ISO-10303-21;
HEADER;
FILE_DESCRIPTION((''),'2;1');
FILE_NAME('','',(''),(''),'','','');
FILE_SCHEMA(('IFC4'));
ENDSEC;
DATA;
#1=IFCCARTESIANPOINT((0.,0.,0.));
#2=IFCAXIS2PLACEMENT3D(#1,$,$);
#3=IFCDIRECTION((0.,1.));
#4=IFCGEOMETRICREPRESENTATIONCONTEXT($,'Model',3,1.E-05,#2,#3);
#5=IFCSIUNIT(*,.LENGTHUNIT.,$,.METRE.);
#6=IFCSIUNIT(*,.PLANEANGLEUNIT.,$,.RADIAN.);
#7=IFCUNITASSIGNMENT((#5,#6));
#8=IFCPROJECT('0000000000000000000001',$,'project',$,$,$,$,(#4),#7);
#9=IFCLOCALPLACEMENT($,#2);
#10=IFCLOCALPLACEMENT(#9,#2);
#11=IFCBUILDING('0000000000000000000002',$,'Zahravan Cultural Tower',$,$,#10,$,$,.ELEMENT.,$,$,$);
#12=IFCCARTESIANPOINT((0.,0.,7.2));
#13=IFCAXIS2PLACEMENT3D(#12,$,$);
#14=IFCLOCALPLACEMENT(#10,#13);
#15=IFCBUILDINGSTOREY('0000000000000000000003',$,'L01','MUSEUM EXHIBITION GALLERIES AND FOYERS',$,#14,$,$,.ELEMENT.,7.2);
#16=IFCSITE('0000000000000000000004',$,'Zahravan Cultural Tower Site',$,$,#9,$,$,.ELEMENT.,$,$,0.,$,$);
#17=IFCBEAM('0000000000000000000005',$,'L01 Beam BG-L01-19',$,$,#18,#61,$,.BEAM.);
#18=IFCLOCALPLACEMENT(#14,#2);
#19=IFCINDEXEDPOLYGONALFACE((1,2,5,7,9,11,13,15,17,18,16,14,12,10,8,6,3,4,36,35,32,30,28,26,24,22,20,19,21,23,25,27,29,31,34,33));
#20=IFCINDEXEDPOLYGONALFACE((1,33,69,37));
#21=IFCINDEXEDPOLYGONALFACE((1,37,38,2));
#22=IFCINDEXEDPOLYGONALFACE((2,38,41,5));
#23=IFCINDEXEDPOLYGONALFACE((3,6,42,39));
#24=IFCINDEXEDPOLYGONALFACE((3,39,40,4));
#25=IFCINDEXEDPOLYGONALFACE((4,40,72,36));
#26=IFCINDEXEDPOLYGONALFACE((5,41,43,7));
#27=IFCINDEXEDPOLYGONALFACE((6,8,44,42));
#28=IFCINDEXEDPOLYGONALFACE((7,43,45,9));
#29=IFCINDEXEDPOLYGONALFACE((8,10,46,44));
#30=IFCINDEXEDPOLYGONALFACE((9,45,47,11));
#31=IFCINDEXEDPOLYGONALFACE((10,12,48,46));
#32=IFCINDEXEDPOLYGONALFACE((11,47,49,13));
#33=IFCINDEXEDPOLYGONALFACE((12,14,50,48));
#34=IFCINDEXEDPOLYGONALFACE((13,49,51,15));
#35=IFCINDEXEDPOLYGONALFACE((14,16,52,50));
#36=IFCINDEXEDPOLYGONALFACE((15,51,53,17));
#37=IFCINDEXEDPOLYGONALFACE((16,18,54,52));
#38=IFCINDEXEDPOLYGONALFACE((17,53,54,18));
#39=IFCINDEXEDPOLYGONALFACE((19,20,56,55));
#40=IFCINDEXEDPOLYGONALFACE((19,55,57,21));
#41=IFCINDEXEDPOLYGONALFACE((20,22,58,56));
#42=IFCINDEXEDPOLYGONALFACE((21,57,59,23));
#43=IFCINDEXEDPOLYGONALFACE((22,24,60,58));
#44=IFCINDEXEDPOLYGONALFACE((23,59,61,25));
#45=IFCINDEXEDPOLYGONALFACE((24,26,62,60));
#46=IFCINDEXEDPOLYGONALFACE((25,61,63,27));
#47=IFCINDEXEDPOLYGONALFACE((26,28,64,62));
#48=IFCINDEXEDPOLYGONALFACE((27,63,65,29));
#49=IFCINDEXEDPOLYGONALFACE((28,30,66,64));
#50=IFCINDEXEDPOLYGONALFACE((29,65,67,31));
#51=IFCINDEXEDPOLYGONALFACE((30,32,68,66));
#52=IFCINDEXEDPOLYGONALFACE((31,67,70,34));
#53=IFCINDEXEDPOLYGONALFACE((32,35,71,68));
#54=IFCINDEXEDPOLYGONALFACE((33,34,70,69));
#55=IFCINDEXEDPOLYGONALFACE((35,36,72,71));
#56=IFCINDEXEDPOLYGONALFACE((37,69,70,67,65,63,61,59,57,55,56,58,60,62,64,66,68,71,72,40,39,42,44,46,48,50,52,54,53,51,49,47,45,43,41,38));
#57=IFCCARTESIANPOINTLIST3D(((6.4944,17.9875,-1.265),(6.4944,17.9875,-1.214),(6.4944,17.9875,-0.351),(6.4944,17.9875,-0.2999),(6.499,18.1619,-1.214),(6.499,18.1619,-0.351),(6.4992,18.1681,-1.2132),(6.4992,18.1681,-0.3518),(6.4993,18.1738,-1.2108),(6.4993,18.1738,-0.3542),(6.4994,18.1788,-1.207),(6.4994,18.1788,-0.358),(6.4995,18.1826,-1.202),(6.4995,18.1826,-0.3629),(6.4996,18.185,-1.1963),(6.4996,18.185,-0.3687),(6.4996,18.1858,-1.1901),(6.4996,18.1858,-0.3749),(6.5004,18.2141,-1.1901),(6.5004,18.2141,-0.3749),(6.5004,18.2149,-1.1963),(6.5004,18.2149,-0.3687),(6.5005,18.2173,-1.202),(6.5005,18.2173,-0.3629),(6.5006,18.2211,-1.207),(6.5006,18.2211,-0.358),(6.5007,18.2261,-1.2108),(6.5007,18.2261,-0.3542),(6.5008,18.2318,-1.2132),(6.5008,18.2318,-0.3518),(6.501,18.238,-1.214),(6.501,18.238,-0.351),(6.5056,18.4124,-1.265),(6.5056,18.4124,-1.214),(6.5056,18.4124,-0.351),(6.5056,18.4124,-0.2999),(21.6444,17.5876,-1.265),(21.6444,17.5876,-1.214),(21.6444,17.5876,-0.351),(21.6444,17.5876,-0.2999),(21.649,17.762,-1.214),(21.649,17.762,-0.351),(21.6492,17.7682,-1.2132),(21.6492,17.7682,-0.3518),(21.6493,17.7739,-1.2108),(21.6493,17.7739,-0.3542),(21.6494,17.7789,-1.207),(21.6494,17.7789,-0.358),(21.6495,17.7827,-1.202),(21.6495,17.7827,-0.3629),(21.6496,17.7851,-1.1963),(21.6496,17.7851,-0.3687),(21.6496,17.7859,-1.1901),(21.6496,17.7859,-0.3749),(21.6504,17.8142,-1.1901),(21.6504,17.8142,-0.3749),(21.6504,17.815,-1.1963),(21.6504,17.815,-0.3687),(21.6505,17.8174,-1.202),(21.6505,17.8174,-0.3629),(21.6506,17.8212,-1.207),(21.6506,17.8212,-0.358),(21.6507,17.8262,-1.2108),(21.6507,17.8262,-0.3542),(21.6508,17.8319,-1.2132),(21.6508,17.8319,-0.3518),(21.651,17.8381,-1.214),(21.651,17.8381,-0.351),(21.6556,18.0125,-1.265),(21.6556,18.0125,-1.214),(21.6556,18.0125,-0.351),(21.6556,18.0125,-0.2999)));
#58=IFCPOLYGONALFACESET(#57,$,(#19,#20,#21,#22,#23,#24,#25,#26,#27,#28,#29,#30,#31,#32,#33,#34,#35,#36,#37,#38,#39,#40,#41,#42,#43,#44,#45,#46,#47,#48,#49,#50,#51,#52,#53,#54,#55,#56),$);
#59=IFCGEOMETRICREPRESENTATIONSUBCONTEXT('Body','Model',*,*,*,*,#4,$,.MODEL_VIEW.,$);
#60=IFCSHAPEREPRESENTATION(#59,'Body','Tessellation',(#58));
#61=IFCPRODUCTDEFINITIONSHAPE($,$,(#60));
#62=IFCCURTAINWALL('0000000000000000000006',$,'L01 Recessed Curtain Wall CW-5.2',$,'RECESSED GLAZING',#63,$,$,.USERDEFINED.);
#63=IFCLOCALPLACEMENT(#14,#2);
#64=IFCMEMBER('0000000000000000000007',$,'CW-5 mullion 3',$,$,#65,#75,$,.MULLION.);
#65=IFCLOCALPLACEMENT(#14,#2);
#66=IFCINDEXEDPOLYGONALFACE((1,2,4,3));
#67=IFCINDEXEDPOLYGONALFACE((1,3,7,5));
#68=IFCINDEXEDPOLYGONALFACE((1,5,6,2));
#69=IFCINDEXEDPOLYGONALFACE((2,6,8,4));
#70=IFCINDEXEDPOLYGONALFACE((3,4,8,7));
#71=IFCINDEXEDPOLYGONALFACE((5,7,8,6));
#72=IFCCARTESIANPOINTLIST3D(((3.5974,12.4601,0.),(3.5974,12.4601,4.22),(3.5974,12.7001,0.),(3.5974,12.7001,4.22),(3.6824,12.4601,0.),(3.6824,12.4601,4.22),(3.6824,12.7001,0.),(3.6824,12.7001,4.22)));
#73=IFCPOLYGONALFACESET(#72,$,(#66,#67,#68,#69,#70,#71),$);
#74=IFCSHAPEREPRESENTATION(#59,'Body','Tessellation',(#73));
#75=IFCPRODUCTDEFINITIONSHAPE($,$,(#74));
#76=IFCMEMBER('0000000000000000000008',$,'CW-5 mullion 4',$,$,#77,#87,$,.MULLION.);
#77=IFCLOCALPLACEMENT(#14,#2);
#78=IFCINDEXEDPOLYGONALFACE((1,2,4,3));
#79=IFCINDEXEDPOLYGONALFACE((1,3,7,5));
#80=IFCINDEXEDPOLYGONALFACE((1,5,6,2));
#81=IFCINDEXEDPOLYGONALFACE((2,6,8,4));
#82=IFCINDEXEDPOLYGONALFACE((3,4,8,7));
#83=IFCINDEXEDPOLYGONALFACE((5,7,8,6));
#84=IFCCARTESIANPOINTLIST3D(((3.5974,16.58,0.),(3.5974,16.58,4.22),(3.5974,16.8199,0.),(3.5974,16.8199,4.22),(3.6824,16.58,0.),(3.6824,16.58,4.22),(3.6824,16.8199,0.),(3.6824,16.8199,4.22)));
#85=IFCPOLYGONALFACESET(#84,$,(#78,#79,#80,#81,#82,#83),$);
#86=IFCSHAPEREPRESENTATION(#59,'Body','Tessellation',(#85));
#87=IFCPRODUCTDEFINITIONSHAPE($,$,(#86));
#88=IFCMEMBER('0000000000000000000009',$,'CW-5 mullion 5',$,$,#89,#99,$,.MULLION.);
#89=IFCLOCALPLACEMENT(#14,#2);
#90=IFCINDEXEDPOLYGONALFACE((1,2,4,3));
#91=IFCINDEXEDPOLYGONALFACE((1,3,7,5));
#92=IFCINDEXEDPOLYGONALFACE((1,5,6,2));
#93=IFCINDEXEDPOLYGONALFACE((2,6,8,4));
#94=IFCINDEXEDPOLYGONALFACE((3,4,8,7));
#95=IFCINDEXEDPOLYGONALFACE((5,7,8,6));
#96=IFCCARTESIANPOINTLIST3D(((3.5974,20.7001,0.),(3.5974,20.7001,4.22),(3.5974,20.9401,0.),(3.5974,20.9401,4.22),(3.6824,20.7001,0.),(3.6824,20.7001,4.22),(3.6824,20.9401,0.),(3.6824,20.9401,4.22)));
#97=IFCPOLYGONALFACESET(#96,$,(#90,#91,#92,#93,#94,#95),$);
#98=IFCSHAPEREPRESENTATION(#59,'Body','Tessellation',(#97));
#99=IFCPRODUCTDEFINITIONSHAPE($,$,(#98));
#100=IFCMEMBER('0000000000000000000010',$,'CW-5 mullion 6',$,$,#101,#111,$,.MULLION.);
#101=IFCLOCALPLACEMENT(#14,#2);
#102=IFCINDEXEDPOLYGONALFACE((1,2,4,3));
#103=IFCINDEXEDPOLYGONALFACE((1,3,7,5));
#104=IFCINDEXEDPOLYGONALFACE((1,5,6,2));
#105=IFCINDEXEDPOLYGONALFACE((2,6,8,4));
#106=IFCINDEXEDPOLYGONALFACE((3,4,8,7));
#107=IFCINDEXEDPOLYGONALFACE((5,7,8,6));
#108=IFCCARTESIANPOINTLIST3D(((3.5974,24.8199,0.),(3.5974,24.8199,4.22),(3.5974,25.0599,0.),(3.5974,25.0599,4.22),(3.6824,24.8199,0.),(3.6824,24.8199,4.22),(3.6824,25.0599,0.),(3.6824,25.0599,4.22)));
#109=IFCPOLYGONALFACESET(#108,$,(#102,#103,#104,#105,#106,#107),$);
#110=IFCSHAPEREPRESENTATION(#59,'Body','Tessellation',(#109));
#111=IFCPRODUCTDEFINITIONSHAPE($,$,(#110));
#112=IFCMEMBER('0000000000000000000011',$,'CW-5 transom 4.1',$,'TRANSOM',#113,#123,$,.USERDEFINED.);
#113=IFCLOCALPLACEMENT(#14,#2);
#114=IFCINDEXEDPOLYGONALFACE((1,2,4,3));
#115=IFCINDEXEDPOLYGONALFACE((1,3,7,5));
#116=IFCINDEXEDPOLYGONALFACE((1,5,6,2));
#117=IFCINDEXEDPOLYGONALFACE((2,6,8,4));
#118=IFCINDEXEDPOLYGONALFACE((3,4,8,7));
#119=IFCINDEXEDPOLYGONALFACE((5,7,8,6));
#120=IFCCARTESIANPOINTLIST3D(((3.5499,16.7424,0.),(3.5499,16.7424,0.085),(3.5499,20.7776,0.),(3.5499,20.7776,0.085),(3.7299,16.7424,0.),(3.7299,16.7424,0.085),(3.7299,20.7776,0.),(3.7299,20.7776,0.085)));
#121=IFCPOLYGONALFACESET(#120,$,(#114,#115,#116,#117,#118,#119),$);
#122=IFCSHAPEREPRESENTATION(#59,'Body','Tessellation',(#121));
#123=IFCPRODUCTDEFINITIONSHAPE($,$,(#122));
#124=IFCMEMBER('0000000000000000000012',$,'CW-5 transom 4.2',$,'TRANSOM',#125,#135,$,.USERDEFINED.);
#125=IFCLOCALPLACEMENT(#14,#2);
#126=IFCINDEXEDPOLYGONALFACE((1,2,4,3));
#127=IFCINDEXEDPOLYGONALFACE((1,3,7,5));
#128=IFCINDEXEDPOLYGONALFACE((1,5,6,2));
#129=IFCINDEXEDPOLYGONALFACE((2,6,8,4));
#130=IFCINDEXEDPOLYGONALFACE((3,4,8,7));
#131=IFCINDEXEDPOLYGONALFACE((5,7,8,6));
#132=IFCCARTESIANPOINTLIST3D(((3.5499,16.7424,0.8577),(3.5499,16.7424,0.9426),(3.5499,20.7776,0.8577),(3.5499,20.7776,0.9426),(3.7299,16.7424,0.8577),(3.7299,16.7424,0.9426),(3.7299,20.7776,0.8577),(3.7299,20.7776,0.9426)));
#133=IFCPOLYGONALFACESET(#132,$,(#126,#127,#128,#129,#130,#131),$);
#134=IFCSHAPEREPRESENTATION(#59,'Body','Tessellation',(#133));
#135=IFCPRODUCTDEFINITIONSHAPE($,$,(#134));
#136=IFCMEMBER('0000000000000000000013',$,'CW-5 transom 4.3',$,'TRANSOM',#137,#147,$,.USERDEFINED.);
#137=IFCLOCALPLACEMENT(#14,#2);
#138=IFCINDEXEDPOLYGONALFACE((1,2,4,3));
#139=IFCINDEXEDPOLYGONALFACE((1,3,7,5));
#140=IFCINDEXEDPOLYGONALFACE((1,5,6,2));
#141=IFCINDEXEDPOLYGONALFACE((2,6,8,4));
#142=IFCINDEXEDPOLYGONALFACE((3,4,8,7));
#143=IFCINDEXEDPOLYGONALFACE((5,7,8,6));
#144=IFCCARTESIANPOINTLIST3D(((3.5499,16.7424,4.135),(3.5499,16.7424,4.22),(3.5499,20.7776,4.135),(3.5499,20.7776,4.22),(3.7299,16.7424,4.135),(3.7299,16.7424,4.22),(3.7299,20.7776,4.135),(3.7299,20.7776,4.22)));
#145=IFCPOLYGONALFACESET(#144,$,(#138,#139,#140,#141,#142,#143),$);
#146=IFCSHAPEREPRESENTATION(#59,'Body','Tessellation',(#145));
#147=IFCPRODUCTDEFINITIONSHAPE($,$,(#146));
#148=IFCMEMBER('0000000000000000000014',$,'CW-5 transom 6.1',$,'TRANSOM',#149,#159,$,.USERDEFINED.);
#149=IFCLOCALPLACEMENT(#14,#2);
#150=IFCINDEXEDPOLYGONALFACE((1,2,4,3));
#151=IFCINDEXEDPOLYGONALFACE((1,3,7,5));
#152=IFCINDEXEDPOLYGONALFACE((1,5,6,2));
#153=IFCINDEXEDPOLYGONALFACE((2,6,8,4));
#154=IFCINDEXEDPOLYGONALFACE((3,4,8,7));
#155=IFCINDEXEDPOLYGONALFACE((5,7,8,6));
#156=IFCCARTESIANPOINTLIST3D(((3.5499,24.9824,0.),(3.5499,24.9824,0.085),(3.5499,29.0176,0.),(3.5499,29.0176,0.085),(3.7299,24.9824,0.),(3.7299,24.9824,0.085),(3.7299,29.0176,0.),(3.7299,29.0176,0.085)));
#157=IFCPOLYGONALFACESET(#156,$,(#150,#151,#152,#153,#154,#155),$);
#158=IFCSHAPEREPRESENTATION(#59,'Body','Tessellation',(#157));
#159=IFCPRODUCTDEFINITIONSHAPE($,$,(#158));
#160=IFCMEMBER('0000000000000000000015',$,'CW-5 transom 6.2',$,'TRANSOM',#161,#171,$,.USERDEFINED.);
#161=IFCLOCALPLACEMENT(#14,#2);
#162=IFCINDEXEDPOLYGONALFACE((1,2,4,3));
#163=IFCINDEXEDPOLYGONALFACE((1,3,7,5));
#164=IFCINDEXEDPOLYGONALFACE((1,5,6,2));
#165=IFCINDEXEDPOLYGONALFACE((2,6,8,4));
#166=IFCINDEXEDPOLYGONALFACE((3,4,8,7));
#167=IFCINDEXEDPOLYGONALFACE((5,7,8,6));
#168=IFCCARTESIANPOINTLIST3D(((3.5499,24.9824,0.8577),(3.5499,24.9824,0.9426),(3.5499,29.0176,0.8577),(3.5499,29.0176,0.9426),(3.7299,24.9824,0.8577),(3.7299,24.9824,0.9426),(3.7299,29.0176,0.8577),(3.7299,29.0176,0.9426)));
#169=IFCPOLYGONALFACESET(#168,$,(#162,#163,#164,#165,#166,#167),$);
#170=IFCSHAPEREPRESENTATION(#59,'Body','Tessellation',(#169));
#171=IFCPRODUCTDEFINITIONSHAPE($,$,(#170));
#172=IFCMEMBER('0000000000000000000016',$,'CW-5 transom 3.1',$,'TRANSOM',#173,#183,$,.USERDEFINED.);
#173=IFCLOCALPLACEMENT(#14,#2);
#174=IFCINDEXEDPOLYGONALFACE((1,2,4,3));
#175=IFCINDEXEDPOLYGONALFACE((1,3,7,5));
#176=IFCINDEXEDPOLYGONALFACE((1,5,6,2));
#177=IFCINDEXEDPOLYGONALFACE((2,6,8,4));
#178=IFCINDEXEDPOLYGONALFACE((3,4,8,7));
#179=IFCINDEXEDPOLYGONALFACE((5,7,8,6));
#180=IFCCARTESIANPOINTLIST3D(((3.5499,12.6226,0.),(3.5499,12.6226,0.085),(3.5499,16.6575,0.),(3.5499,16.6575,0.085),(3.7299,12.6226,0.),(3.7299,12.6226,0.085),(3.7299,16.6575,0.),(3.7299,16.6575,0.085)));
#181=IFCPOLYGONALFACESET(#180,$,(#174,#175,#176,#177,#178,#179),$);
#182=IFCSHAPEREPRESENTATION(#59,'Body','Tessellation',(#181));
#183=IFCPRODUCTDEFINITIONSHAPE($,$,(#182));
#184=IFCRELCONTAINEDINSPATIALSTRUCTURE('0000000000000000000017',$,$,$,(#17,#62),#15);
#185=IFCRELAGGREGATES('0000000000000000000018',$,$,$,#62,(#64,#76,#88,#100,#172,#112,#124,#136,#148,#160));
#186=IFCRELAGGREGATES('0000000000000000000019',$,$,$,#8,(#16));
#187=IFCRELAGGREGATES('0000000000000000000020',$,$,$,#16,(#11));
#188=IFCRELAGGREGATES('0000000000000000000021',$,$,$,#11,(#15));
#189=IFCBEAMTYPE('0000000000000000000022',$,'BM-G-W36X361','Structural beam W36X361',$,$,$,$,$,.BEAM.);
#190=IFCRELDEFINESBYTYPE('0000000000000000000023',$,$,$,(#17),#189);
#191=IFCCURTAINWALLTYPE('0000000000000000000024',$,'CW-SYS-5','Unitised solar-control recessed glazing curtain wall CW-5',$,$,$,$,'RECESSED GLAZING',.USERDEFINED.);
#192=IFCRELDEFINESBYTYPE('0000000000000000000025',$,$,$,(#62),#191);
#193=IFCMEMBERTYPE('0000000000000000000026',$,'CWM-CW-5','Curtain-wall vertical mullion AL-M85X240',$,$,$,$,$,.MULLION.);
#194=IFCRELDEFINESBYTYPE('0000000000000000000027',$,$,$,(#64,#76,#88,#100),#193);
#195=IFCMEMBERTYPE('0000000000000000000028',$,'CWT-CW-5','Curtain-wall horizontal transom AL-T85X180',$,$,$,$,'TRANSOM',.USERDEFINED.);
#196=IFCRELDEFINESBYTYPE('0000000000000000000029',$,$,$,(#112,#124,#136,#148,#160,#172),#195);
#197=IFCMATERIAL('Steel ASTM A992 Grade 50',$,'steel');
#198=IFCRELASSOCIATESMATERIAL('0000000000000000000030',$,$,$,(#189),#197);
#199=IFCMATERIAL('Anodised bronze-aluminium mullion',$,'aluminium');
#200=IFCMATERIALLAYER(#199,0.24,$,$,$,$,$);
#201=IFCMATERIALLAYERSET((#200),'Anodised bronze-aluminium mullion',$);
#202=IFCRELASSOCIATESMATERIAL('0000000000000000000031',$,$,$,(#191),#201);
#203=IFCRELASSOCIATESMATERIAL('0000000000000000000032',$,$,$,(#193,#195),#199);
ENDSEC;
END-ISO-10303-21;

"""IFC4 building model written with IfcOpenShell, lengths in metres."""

from ifc_helpers import new_model, si_unit, direction, frame, origin, origin_2d, place, context, subcontext, project, spatial, rectangle, i_section, extrude, source, transform, mapped, material, layer, layer_set, material_profile, profile_set, type_object, element, aggregate, save


model = new_model("IFC4")

# Units and contexts
model_context = context("Model", 3, precision=1e-05, world=origin(), true_north=direction((0.0, 1.0)))
body_context = subcontext(model_context, "Body", "Model", "MODEL_VIEW")
ifc_project = project(units=[si_unit("LENGTHUNIT", "METRE"), si_unit("PLANEANGLEUNIT", "RADIAN")], contexts=[model_context])

# Site, building, storey
site_placement = place(None, origin())
site = spatial("IfcSite", under=ifc_project, at=site_placement, Name="Zahravan Cultural Tower Site", CompositionType="ELEMENT", RefElevation=0.0)
building_placement = place(site_placement, origin())
building = spatial("IfcBuilding", under=site, at=building_placement, Name="Zahravan Cultural Tower", CompositionType="ELEMENT")
storey_placement = place(building_placement, frame((0.0, 0.0, 7.2)))
storey = spatial("IfcBuildingStorey", under=building, at=storey_placement, Name="L01", Description="MUSEUM EXHIBITION GALLERIES AND FOYERS", CompositionType="ELEMENT", Elevation=7.2)

# Beam
ifc_material_1 = material(Name="Steel ASTM A992 Grade 50", Category="steel")
ifc_material_profile_1 = material_profile(ifc_material_1, i_section(OverallWidth=0.425, OverallDepth=0.9651, WebThickness=0.0283, FlangeThickness=0.051, FilletRadius=0.0239, at=origin_2d()), Name="W36X361")
ifc_profile_set_1 = profile_set([ifc_material_profile_1], Name="Steel ASTM A992 Grade 50")
beam_type_1 = type_object("IfcBeamType", Name="BM-G-W36X361", Description="Structural beam W36X361", PredefinedType="BEAM", material=ifc_profile_set_1)
shared_shape_1 = source(origin(), body_context, "Body", "SweptSolid", [
    extrude(i_section(OverallWidth=0.425, OverallDepth=0.9651, WebThickness=0.0283, FlangeThickness=0.051, FilletRadius=0.0239, at=origin_2d()), origin(), (0.0, 0.0, 1.0), 15.1553),
])
beam_1_placement = place(storey_placement, frame((6.5, 18.2, -0.7825), z_axis=(0.999652, -0.026387, 0.0), x_axis=(0.026387, 0.999652, 0.0)))
element("IfcBeam", 1, at=beam_1_placement, inside=storey, type_object=beam_type_1, Name="L01 Beam BG-L01-19", PredefinedType="BEAM", context=body_context, shape_type="MappedRepresentation", body=[
    mapped(shared_shape_1, transform((0.0, 0.0, 0.0), x_axis=(1.0, 0.0, 0.0), y_axis=(0.0, 1.0, 0.0), z_axis=(0.0, 0.0, 1.0), scale=1.0)),
])

# Curtain wall, members
ifc_material_2 = material(Name="Anodised bronze-aluminium mullion", Category="aluminium")
ifc_layer_1 = layer(ifc_material_2, 0.24)
ifc_layer_set_1 = layer_set([ifc_layer_1], Name="Anodised bronze-aluminium mullion")
curtain_wall_type = type_object("IfcCurtainWallType", Name="CW-SYS-5", Description="Unitised solar-control recessed glazing curtain wall CW-5", ElementType="RECESSED GLAZING", PredefinedType="USERDEFINED", material=ifc_layer_set_1)
curtain_wall_placement = place(storey_placement, origin())
curtain_wall = element("IfcCurtainWall", 2, at=curtain_wall_placement, inside=storey, type_object=curtain_wall_type, Name="L01 Recessed Curtain Wall CW-5.2", ObjectType="RECESSED GLAZING", PredefinedType="USERDEFINED")
ifc_material_profile_2 = material_profile(ifc_material_2, rectangle(XDim=0.085, YDim=0.24, at=origin_2d()), Name="AL-M85X240")
ifc_profile_set_2 = profile_set([ifc_material_profile_2], Name="Anodised bronze-aluminium mullion")
member_type_1 = type_object("IfcMemberType", Name="CWM-CW-5", Description="Curtain-wall vertical mullion AL-M85X240", PredefinedType="MULLION", material=ifc_profile_set_2)
shared_shape_2 = source(origin(), body_context, "Body", "SweptSolid", [
    extrude(rectangle(XDim=0.085, YDim=0.24, at=origin_2d()), origin(), (0.0, 0.0, 1.0), 4.22),
])
member_1_placement = place(storey_placement, frame((3.6399, 12.5801, 0.0), z_axis=(0.0, 0.0, 1.0), x_axis=(-1.0, 0.0, 0.0)))
member_1 = element("IfcMember", 3, at=member_1_placement, type_object=member_type_1, Name="CW-5 mullion 3", PredefinedType="MULLION", context=body_context, shape_type="MappedRepresentation", body=[
    mapped(shared_shape_2, transform((0.0, 0.0, 0.0), x_axis=(1.0, 0.0, 0.0), y_axis=(0.0, 1.0, 0.0), z_axis=(0.0, 0.0, 1.0), scale=1.0)),
])
member_2_placement = place(storey_placement, frame((3.6399, 16.7, 0.0), z_axis=(0.0, 0.0, 1.0), x_axis=(-1.0, 0.0, 0.0)))
member_2 = element("IfcMember", 4, at=member_2_placement, type_object=member_type_1, Name="CW-5 mullion 4", PredefinedType="MULLION", context=body_context, shape_type="MappedRepresentation", body=[
    mapped(shared_shape_2, transform((0.0, 0.0, 0.0), x_axis=(1.0, 0.0, 0.0), y_axis=(0.0, 1.0, 0.0), z_axis=(0.0, 0.0, 1.0), scale=1.0)),
])
member_3_placement = place(storey_placement, frame((3.6399, 20.8201, 0.0), z_axis=(0.0, 0.0, 1.0), x_axis=(-1.0, 0.0, 0.0)))
member_3 = element("IfcMember", 5, at=member_3_placement, type_object=member_type_1, Name="CW-5 mullion 5", PredefinedType="MULLION", context=body_context, shape_type="MappedRepresentation", body=[
    mapped(shared_shape_2, transform((0.0, 0.0, 0.0), x_axis=(1.0, 0.0, 0.0), y_axis=(0.0, 1.0, 0.0), z_axis=(0.0, 0.0, 1.0), scale=1.0)),
])
member_4_placement = place(storey_placement, frame((3.6399, 24.9399, 0.0), z_axis=(0.0, 0.0, 1.0), x_axis=(-1.0, 0.0, 0.0)))
member_4 = element("IfcMember", 6, at=member_4_placement, type_object=member_type_1, Name="CW-5 mullion 6", PredefinedType="MULLION", context=body_context, shape_type="MappedRepresentation", body=[
    mapped(shared_shape_2, transform((0.0, 0.0, 0.0), x_axis=(1.0, 0.0, 0.0), y_axis=(0.0, 1.0, 0.0), z_axis=(0.0, 0.0, 1.0), scale=1.0)),
])
ifc_material_profile_3 = material_profile(ifc_material_2, rectangle(XDim=0.1799, YDim=0.085, at=origin_2d()), Name="AL-T85X180")
ifc_profile_set_3 = profile_set([ifc_material_profile_3], Name="Anodised bronze-aluminium mullion")
member_type_2 = type_object("IfcMemberType", Name="CWT-CW-5", Description="Curtain-wall horizontal transom AL-T85X180", ElementType="TRANSOM", PredefinedType="USERDEFINED", material=ifc_profile_set_3)
shared_shape_3 = source(origin(), body_context, "Body", "SweptSolid", [
    extrude(rectangle(XDim=0.1799, YDim=0.085, at=origin_2d()), origin(), (0.0, 0.0, 1.0), 4.0352),
])
member_5_placement = place(storey_placement, frame((3.6399, 16.7424, 0.0425), z_axis=(0.0, 1.0, 0.0), x_axis=(-1.0, 0.0, 0.0)))
member_5 = element("IfcMember", 7, at=member_5_placement, type_object=member_type_2, Name="CW-5 transom 4.1", ObjectType="TRANSOM", PredefinedType="USERDEFINED", context=body_context, shape_type="MappedRepresentation", body=[
    mapped(shared_shape_3, transform((0.0, 0.0, 0.0), x_axis=(1.0, 0.0, 0.0), y_axis=(0.0, 1.0, 0.0), z_axis=(0.0, 0.0, 1.0), scale=1.0)),
])
member_6_placement = place(storey_placement, frame((3.6399, 16.7424, 0.9001), z_axis=(0.0, 1.0, 0.0), x_axis=(-1.0, 0.0, 0.0)))
member_6 = element("IfcMember", 8, at=member_6_placement, type_object=member_type_2, Name="CW-5 transom 4.2", ObjectType="TRANSOM", PredefinedType="USERDEFINED", context=body_context, shape_type="MappedRepresentation", body=[
    mapped(shared_shape_3, transform((0.0, 0.0, 0.0), x_axis=(1.0, 0.0, 0.0), y_axis=(0.0, 1.0, 0.0), z_axis=(0.0, 0.0, 1.0), scale=1.0)),
])
member_7_placement = place(storey_placement, frame((3.6399, 16.7424, 4.1775), z_axis=(0.0, 1.0, 0.0), x_axis=(-1.0, 0.0, 0.0)))
member_7 = element("IfcMember", 9, at=member_7_placement, type_object=member_type_2, Name="CW-5 transom 4.3", ObjectType="TRANSOM", PredefinedType="USERDEFINED", context=body_context, shape_type="MappedRepresentation", body=[
    mapped(shared_shape_3, transform((0.0, 0.0, 0.0), x_axis=(1.0, 0.0, 0.0), y_axis=(0.0, 1.0, 0.0), z_axis=(0.0, 0.0, 1.0), scale=1.0)),
])
member_8_placement = place(storey_placement, frame((3.6399, 24.9824, 0.0425), z_axis=(0.0, 1.0, 0.0), x_axis=(-1.0, 0.0, 0.0)))
member_8 = element("IfcMember", 10, at=member_8_placement, type_object=member_type_2, Name="CW-5 transom 6.1", ObjectType="TRANSOM", PredefinedType="USERDEFINED", context=body_context, shape_type="MappedRepresentation", body=[
    mapped(shared_shape_3, transform((0.0, 0.0, 0.0), x_axis=(1.0, 0.0, 0.0), y_axis=(0.0, 1.0, 0.0), z_axis=(0.0, 0.0, 1.0), scale=1.0)),
])
member_9_placement = place(storey_placement, frame((3.6399, 24.9824, 0.9001), z_axis=(0.0, 1.0, 0.0), x_axis=(-1.0, 0.0, 0.0)))
member_9 = element("IfcMember", 11, at=member_9_placement, type_object=member_type_2, Name="CW-5 transom 6.2", ObjectType="TRANSOM", PredefinedType="USERDEFINED", context=body_context, shape_type="MappedRepresentation", body=[
    mapped(shared_shape_3, transform((0.0, 0.0, 0.0), x_axis=(1.0, 0.0, 0.0), y_axis=(0.0, 1.0, 0.0), z_axis=(0.0, 0.0, 1.0), scale=1.0)),
])
shared_shape_4 = source(origin(), body_context, "Body", "SweptSolid", [
    extrude(rectangle(XDim=0.1799, YDim=0.085, at=origin_2d()), origin(), (0.0, 0.0, 1.0), 4.0349),
])
member_10_placement = place(storey_placement, frame((3.6399, 12.6226, 0.0425), z_axis=(0.0, 1.0, 0.0), x_axis=(-1.0, 0.0, 0.0)))
member_10 = element("IfcMember", 12, at=member_10_placement, type_object=member_type_2, Name="CW-5 transom 3.1", ObjectType="TRANSOM", PredefinedType="USERDEFINED", context=body_context, shape_type="MappedRepresentation", body=[
    mapped(shared_shape_4, transform((0.0, 0.0, 0.0), x_axis=(1.0, 0.0, 0.0), y_axis=(0.0, 1.0, 0.0), z_axis=(0.0, 0.0, 1.0), scale=1.0)),
])
aggregate(curtain_wall, [member_1, member_2, member_3, member_4, member_10, member_5, member_6, member_7, member_8, member_9])

save(model, "model.ifc")
